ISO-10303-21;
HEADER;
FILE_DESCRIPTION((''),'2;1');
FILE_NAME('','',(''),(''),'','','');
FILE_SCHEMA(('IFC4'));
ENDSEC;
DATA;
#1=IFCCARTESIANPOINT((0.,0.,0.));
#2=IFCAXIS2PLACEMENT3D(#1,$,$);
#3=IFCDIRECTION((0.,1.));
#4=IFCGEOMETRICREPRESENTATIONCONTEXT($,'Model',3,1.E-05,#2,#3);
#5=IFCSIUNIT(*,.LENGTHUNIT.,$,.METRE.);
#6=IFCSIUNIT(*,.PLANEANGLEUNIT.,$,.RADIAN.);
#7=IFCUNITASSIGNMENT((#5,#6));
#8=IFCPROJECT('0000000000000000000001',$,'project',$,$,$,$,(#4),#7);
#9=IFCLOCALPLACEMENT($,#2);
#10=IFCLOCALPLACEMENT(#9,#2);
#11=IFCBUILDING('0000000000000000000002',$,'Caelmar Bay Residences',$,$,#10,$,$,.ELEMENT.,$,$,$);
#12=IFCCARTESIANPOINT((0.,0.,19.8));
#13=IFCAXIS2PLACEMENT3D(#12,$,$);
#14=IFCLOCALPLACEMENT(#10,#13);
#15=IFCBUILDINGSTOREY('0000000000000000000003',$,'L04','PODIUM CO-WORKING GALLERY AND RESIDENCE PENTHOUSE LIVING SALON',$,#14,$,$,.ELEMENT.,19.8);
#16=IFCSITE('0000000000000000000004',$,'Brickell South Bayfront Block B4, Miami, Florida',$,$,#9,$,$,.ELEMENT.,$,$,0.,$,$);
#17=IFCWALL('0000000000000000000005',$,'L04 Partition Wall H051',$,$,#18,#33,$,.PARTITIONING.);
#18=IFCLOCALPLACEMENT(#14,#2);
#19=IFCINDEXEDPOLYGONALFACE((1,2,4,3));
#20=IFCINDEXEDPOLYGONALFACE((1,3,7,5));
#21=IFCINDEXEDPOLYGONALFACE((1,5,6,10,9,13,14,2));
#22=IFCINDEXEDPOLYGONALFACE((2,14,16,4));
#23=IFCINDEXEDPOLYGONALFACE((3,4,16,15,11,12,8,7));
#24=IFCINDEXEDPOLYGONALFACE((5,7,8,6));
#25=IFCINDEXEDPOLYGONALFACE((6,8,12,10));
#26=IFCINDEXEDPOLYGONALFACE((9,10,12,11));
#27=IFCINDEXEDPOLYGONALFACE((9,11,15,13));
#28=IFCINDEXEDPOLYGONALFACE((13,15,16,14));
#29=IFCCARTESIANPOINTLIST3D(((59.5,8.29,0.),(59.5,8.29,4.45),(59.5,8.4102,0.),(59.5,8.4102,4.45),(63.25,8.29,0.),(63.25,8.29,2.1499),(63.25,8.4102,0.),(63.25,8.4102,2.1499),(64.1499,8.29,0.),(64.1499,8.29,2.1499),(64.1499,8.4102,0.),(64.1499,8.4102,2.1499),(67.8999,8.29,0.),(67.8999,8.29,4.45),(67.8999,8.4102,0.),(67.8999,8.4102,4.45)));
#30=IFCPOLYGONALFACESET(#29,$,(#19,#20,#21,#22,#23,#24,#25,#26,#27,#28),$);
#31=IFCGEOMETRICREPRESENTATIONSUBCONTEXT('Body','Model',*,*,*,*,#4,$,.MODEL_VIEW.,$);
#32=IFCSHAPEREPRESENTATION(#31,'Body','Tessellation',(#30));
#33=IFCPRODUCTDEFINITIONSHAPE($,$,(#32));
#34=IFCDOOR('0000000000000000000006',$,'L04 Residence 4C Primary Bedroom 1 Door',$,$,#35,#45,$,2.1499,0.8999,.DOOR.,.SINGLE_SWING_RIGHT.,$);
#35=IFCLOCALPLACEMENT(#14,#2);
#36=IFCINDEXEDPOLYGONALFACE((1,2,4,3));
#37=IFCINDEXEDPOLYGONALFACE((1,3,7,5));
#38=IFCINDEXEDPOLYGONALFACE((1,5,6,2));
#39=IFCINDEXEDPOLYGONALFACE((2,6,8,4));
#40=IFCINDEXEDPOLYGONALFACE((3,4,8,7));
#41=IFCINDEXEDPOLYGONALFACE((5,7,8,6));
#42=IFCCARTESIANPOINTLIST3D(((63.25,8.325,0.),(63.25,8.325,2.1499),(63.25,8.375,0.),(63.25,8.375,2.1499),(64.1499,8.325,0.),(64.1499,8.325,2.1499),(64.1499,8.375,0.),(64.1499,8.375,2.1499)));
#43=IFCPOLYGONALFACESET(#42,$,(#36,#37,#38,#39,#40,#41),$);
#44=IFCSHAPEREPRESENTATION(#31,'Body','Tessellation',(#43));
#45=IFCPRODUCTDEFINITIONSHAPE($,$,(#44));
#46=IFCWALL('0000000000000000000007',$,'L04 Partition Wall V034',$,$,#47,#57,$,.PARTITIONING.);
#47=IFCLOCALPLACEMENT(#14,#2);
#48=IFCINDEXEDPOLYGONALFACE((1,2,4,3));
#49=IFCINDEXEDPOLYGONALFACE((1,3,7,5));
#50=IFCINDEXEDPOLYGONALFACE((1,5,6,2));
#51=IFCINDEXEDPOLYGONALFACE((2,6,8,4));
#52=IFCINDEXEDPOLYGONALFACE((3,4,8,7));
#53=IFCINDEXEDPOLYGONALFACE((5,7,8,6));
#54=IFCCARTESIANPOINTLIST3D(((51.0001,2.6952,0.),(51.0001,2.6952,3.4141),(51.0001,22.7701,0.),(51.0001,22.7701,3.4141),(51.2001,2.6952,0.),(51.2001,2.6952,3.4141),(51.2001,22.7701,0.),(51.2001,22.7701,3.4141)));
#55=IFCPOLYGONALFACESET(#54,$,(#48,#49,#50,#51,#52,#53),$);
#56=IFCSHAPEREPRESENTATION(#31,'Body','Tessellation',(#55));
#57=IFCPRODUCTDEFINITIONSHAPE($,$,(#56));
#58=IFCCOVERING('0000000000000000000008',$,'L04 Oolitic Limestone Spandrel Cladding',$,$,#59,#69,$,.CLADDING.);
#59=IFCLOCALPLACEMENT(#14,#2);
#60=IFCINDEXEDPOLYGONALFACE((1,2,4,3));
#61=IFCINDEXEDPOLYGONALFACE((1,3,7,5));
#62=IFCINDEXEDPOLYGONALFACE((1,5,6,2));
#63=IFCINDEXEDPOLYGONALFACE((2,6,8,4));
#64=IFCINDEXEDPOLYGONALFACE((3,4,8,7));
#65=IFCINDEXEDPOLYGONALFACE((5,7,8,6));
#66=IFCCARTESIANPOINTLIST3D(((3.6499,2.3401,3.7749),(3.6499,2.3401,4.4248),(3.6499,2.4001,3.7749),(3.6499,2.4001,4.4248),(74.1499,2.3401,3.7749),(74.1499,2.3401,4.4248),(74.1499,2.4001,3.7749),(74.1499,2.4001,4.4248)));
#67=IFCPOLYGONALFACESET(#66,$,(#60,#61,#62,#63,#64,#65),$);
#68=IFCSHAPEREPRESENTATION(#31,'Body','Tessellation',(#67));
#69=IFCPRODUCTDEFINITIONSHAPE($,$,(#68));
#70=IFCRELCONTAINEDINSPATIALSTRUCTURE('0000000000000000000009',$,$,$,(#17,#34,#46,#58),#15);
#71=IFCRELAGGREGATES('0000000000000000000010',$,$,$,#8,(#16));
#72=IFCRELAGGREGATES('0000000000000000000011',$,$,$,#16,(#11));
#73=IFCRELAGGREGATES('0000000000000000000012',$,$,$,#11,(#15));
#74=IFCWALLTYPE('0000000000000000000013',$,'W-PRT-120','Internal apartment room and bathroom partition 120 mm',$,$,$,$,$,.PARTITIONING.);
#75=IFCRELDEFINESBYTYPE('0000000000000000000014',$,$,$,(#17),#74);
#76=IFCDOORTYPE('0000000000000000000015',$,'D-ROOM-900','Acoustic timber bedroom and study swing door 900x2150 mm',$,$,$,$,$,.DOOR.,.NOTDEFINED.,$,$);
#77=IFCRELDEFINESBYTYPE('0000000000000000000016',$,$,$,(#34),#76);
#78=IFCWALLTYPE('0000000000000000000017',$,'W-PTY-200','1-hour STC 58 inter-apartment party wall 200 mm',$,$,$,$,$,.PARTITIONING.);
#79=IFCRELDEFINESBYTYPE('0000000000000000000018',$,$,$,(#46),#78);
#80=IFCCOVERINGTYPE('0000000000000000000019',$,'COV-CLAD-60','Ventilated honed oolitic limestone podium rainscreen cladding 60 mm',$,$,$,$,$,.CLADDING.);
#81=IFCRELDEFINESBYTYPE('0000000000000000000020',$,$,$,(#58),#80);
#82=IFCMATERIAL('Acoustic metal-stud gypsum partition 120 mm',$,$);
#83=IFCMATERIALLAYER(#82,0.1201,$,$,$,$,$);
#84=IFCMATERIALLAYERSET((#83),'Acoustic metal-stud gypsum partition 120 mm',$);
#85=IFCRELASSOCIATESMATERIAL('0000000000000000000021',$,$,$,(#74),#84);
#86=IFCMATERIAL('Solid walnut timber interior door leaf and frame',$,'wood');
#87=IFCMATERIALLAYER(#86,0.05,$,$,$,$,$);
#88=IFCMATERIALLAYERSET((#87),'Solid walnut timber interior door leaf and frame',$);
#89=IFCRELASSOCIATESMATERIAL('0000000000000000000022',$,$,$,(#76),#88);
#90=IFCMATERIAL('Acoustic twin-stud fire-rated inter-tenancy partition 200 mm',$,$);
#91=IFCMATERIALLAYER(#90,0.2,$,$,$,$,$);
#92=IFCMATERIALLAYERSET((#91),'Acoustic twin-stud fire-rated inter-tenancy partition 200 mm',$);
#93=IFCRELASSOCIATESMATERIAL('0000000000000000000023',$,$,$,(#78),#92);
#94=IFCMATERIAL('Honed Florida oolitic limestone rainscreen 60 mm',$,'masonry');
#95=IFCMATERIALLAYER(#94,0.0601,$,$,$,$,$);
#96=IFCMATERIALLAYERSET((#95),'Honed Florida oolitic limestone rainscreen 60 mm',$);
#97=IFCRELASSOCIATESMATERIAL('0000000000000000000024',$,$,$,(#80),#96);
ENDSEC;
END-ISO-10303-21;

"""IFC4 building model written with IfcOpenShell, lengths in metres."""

from ifc_helpers import new_model, si_unit, direction, frame, frame_2d, origin, origin_2d, place, context, subcontext, project, spatial, rectangle, extrude, material, layer, layer_set, type_object, element, fill, save


model = new_model("IFC4")

# Units and contexts
model_context = context("Model", 3, precision=1e-05, world=origin(), true_north=direction((0.0, 1.0)))
body_context = subcontext(model_context, "Body", "Model", "MODEL_VIEW")
ifc_project = project(units=[si_unit("LENGTHUNIT", "METRE"), si_unit("PLANEANGLEUNIT", "RADIAN")], contexts=[model_context])

# Site, building, storey
site_placement = place(None, origin())
site = spatial("IfcSite", under=ifc_project, at=site_placement, Name="Brickell South Bayfront Block B4, Miami, Florida", CompositionType="ELEMENT", RefElevation=0.0)
building_placement = place(site_placement, origin())
building = spatial("IfcBuilding", under=site, at=building_placement, Name="Caelmar Bay Residences", CompositionType="ELEMENT")
storey_placement = place(building_placement, frame((0.0, 0.0, 19.8)))
storey = spatial("IfcBuildingStorey", under=building, at=storey_placement, Name="L04", Description="PODIUM CO-WORKING GALLERY AND RESIDENCE PENTHOUSE LIVING SALON", CompositionType="ELEMENT", Elevation=19.8)

# Shared definitions
ifc_material_1 = material(Name="Acoustic metal-stud gypsum partition 120 mm")
ifc_layer_1 = layer(ifc_material_1, 0.1201)
ifc_layer_set_1 = layer_set([ifc_layer_1], Name="Acoustic metal-stud gypsum partition 120 mm")
wall_type_1 = type_object("IfcWallType", Name="W-PRT-120", Description="Internal apartment room and bathroom partition 120 mm", PredefinedType="PARTITIONING", material=ifc_layer_set_1)

# Wall, opening, door
wall_1_placement = place(storey_placement, frame((59.5, 8.3501, 0.0), z_axis=(0.0, 0.0, 1.0), x_axis=(1.0, 0.0, 0.0)))
wall_1 = element("IfcWall", 1, at=wall_1_placement, inside=storey, type_object=wall_type_1, Name="L04 Partition Wall H051", PredefinedType="PARTITIONING", context=body_context, shape_type="SweptSolid", body=[
    extrude(rectangle(XDim=8.3999, YDim=0.1201, at=frame_2d((4.2, 0.0))), origin(), (0.0, 0.0, 1.0), 4.45),
])
opening_placement = place(wall_1_placement, frame((3.75, 0.0, 0.0)))
opening = element("IfcOpeningElement", 2, at=opening_placement, cuts=wall_1, PredefinedType="OPENING", context=body_context, shape_type="SweptSolid", body=[
    extrude(rectangle(XDim=0.8999, YDim=2.1499, at=frame_2d((0.45, 1.075))), frame((0.0, 0.0701, 0.0), z_axis=(0.0, -1.0, 0.0), x_axis=(1.0, 0.0, 0.0)), (0.0, 0.0, 1.0), 0.1401),
])
ifc_material_2 = material(Name="Solid walnut timber interior door leaf and frame", Category="wood")
ifc_layer_2 = layer(ifc_material_2, 0.05)
ifc_layer_set_2 = layer_set([ifc_layer_2], Name="Solid walnut timber interior door leaf and frame")
door_type = type_object("IfcDoorType", Name="D-ROOM-900", Description="Acoustic timber bedroom and study swing door 900x2150 mm", OperationType="NOTDEFINED", PredefinedType="DOOR", material=ifc_layer_set_2)
door_placement = place(opening_placement, origin())
door = element("IfcDoor", 3, at=door_placement, inside=storey, type_object=door_type, Name="L04 Residence 4C Primary Bedroom 1 Door", OperationType="SINGLE_SWING_RIGHT", OverallHeight=2.1499, OverallWidth=0.8999, PredefinedType="DOOR", context=body_context, shape_type="SweptSolid", body=[
    extrude(rectangle(XDim=0.8999, YDim=2.1499, at=frame_2d((0.45, 1.075))), frame((0.0, 0.0249, 0.0), z_axis=(0.0, -1.0, 0.0), x_axis=(1.0, 0.0, 0.0)), (0.0, 0.0, 1.0), 0.05),
])
fill(opening, door)

# Wall
ifc_material_3 = material(Name="Acoustic twin-stud fire-rated inter-tenancy partition 200 mm")
ifc_layer_3 = layer(ifc_material_3, 0.2)
ifc_layer_set_3 = layer_set([ifc_layer_3], Name="Acoustic twin-stud fire-rated inter-tenancy partition 200 mm")
wall_type_2 = type_object("IfcWallType", Name="W-PTY-200", Description="1-hour STC 58 inter-apartment party wall 200 mm", PredefinedType="PARTITIONING", material=ifc_layer_set_3)
wall_2_placement = place(storey_placement, frame((51.1001, 2.6951, 0.0), z_axis=(0.0, 0.0, 1.0), x_axis=(0.0, 1.0, 0.0)))
element("IfcWall", 4, at=wall_2_placement, inside=storey, type_object=wall_type_2, Name="L04 Partition Wall V034", PredefinedType="PARTITIONING", context=body_context, shape_type="SweptSolid", body=[
    extrude(rectangle(XDim=20.075, YDim=0.2, at=frame_2d((10.0376, 0.0))), origin(), (0.0, 0.0, 1.0), 3.4141),
])

# Covering
ifc_material_4 = material(Name="Honed Florida oolitic limestone rainscreen 60 mm", Category="masonry")
ifc_layer_4 = layer(ifc_material_4, 0.0601)
ifc_layer_set_4 = layer_set([ifc_layer_4], Name="Honed Florida oolitic limestone rainscreen 60 mm")
covering_type = type_object("IfcCoveringType", Name="COV-CLAD-60", Description="Ventilated honed oolitic limestone podium rainscreen cladding 60 mm", PredefinedType="CLADDING", material=ifc_layer_set_4)
covering_placement = place(storey_placement, frame((38.8999, 2.3701, 3.7749), z_axis=(0.0, 0.0, 1.0), x_axis=(1.0, 0.0, 0.0)))
element("IfcCovering", 5, at=covering_placement, inside=storey, type_object=covering_type, Name="L04 Oolitic Limestone Spandrel Cladding", PredefinedType="CLADDING", context=body_context, shape_type="SweptSolid", body=[
    extrude(rectangle(XDim=70.5, YDim=0.0601, at=origin_2d()), origin(), (0.0, 0.0, 1.0), 0.6499),
])

save(model, "model.ifc")
